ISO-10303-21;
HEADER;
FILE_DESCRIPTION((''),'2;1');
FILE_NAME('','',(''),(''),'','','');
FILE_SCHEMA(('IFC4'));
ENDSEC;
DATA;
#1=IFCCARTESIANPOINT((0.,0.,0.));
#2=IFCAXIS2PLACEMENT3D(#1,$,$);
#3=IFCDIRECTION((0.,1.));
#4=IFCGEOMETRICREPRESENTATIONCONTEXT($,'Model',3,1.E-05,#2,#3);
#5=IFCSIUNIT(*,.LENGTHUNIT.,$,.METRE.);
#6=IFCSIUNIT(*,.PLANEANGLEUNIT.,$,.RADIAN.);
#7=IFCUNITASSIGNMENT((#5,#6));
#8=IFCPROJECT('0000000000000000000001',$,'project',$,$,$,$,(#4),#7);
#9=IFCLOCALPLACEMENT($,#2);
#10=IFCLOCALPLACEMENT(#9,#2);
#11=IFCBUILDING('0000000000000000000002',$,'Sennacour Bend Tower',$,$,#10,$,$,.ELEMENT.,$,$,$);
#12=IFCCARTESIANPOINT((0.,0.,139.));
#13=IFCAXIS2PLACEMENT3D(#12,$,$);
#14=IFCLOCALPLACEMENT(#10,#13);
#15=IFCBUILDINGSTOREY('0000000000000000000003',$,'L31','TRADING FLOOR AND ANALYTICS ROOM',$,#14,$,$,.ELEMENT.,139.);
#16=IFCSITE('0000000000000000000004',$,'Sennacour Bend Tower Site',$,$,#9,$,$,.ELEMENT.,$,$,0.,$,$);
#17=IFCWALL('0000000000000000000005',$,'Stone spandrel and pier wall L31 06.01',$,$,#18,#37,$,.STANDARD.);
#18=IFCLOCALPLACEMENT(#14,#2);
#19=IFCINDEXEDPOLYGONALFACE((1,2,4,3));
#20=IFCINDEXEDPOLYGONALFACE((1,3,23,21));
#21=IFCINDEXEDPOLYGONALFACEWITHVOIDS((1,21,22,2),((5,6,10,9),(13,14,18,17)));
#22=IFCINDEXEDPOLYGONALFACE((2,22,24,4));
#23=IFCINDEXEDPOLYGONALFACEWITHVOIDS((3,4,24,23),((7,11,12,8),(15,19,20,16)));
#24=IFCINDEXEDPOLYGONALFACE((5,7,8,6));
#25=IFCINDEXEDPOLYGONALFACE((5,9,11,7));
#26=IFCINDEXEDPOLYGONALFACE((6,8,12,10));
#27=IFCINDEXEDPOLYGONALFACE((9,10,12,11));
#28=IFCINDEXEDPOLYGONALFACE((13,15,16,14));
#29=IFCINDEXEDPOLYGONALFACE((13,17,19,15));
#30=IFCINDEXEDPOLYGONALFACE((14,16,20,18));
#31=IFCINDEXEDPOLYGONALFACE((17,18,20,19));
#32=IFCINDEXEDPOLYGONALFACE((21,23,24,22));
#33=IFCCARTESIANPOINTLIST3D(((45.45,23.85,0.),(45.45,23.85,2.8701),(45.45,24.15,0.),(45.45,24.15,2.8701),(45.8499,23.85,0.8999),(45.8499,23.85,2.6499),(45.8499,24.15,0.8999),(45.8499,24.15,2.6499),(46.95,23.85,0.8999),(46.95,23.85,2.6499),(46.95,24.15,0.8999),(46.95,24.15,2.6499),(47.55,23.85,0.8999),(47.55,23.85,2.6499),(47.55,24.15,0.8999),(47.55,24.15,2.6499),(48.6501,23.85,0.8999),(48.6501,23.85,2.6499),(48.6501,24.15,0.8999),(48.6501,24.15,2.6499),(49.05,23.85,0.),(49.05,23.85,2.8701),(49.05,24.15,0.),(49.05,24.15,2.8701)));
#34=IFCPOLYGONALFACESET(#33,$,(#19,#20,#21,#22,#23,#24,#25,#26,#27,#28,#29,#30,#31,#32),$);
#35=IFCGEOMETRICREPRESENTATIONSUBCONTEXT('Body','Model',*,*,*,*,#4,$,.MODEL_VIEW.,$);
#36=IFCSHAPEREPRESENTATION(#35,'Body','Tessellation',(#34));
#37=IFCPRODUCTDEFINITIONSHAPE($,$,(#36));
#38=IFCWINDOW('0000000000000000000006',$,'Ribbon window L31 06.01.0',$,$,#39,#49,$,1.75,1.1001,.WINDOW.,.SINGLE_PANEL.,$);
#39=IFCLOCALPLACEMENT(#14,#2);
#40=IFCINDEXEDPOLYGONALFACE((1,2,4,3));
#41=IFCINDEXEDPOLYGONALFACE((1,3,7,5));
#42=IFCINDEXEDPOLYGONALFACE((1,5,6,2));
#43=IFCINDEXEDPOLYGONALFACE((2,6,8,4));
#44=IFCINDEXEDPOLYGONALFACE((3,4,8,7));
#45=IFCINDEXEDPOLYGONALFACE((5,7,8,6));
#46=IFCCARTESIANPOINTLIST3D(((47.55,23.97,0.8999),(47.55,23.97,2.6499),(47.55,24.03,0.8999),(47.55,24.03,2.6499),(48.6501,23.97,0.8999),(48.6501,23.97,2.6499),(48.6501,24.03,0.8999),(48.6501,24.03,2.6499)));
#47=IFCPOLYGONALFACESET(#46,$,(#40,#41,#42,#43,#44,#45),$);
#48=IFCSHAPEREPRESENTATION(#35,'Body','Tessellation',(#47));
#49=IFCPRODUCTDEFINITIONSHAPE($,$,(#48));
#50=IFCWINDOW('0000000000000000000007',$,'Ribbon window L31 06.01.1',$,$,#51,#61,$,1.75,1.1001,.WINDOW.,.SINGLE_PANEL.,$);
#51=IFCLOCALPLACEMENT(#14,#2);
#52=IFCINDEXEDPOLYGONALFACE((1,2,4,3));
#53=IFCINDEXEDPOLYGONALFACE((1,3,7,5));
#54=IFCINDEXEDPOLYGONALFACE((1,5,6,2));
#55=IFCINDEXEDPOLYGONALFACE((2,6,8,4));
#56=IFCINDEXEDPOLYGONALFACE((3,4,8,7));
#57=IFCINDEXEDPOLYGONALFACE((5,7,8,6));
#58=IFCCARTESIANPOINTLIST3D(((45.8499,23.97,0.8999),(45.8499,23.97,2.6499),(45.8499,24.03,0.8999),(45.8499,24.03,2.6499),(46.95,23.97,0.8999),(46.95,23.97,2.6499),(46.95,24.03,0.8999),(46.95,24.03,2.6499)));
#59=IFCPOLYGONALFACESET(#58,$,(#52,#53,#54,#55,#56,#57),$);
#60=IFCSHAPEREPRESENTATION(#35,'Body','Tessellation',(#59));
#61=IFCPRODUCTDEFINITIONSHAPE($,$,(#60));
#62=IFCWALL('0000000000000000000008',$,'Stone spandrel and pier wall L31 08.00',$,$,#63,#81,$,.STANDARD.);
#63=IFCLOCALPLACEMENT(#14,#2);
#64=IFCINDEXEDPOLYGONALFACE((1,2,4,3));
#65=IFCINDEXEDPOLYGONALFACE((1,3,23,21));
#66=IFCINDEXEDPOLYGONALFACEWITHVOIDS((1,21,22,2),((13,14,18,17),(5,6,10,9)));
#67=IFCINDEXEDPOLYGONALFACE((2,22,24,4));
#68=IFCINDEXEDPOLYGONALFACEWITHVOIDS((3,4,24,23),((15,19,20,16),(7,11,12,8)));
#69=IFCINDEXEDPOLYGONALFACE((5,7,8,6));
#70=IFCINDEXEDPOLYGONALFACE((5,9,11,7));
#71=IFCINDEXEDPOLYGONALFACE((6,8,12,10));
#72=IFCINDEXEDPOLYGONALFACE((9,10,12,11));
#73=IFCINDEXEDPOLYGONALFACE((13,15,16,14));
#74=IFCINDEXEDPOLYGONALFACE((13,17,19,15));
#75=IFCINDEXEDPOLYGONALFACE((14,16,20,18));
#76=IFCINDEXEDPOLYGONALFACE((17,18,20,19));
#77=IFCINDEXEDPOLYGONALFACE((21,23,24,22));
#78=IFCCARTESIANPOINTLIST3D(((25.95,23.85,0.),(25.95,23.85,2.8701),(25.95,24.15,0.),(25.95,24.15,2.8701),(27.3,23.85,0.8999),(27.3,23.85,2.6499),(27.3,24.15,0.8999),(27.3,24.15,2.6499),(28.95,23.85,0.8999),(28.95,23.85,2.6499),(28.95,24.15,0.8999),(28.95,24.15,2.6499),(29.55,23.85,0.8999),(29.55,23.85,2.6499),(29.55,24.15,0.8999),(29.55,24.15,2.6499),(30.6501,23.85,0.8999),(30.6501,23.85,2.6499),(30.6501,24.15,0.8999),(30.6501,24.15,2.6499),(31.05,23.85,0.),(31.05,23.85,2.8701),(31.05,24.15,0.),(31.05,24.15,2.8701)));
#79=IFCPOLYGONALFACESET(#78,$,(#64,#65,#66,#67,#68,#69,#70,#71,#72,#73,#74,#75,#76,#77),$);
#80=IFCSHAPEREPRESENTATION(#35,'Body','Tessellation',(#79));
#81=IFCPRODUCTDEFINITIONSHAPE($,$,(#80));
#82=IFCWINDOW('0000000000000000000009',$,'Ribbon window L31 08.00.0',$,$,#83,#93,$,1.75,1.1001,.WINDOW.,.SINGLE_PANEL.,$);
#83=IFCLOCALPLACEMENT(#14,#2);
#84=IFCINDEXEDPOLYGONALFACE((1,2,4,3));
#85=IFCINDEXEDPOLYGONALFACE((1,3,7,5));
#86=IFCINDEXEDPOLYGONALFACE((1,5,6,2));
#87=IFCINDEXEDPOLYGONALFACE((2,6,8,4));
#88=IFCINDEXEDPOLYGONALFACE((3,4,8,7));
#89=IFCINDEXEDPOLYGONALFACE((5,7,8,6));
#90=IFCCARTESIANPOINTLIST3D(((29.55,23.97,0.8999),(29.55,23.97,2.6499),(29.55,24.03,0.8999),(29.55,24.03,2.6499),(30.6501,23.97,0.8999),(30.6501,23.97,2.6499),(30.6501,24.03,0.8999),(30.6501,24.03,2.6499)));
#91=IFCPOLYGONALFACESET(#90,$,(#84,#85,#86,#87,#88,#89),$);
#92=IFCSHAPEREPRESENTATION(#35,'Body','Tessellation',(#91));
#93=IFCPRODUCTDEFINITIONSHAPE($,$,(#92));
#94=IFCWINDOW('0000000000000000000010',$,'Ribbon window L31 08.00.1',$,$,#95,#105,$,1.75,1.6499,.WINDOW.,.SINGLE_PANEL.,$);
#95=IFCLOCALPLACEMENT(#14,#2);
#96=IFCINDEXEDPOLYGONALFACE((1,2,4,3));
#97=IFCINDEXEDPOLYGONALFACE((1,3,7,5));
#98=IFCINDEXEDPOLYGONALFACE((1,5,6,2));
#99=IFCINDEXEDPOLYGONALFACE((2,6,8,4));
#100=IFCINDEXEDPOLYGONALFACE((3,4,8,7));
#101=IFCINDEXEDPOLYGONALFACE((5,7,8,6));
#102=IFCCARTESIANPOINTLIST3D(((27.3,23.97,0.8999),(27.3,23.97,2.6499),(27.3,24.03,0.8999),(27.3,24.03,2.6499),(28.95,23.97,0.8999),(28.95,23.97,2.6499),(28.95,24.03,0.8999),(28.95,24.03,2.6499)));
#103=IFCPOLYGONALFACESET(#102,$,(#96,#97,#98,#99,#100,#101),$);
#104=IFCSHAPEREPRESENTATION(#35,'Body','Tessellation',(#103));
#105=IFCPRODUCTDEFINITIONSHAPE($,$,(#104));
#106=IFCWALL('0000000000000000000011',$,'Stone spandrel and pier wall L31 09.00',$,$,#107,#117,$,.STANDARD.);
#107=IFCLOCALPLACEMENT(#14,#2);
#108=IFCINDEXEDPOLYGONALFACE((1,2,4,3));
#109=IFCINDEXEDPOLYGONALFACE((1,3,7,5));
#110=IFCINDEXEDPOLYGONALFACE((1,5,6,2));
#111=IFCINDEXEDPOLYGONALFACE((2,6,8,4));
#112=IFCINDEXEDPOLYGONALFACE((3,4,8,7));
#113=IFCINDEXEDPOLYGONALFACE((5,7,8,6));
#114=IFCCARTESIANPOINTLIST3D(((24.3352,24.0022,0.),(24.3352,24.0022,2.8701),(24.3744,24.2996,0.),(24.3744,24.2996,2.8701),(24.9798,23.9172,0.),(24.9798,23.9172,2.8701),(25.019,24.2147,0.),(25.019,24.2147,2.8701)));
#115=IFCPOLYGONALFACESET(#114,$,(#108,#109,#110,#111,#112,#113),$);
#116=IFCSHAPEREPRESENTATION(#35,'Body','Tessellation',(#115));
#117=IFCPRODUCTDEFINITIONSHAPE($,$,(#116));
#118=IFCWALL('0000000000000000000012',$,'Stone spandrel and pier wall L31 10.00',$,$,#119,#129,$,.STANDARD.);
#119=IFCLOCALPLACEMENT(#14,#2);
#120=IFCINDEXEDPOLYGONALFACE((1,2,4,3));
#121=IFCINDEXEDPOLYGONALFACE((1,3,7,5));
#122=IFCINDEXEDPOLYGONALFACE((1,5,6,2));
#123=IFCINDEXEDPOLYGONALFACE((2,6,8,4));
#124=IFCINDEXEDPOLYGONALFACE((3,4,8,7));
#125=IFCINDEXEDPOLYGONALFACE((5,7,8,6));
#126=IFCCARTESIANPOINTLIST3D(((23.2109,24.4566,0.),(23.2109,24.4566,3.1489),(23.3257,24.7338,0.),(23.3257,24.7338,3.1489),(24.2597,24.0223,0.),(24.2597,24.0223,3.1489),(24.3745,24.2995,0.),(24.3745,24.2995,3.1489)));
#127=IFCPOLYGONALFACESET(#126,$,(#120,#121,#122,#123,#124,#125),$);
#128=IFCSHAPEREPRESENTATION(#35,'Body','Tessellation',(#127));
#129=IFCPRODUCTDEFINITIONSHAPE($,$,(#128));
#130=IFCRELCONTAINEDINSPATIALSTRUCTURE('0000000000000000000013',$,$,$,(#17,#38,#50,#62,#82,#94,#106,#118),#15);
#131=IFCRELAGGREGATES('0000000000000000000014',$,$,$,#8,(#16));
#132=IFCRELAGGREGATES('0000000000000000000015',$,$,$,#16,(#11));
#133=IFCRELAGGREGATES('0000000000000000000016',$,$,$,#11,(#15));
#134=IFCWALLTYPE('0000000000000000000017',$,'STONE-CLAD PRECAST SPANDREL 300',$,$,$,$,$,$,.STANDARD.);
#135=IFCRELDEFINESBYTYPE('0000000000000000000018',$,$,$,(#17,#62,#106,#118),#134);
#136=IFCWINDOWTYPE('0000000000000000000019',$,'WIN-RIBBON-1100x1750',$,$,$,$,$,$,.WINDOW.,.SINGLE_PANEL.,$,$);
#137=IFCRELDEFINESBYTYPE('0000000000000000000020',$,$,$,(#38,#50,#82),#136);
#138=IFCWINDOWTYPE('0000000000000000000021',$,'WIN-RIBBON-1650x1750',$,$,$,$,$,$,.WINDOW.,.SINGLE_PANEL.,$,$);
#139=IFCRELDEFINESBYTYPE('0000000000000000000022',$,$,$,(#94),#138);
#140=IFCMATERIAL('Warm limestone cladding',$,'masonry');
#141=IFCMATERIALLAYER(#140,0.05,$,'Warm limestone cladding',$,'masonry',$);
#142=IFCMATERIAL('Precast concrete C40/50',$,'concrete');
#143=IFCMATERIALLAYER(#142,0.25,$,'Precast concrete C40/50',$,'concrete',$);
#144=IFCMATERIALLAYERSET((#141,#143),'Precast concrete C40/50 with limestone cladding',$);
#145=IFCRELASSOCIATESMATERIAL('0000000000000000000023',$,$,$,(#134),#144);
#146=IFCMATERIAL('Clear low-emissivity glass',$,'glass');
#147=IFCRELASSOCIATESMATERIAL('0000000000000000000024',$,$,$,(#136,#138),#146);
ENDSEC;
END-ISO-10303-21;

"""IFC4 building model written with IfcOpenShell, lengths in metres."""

from ifc_helpers import new_model, si_unit, direction, frame, frame_2d, origin, place, context, subcontext, project, spatial, rectangle, extrude, material, layer, layer_set, type_object, element, fill, save


model = new_model("IFC4")

# Units and contexts
model_context = context("Model", 3, precision=1e-05, world=origin(), true_north=direction((0.0, 1.0)))
body_context = subcontext(model_context, "Body", "Model", "MODEL_VIEW")
ifc_project = project(units=[si_unit("LENGTHUNIT", "METRE"), si_unit("PLANEANGLEUNIT", "RADIAN")], contexts=[model_context])

# Site, building, storey
site_placement = place(None, origin())
site = spatial("IfcSite", under=ifc_project, at=site_placement, Name="Sennacour Bend Tower Site", CompositionType="ELEMENT", RefElevation=0.0)
building_placement = place(site_placement, origin())
building = spatial("IfcBuilding", under=site, at=building_placement, Name="Sennacour Bend Tower", CompositionType="ELEMENT")
storey_placement = place(building_placement, frame((0.0, 0.0, 139.0)))
storey = spatial("IfcBuildingStorey", under=building, at=storey_placement, Name="L31", Description="TRADING FLOOR AND ANALYTICS ROOM", CompositionType="ELEMENT", Elevation=139.0)

# Walls, openings, windows
ifc_material_1 = material(Name="Warm limestone cladding", Category="masonry")
ifc_layer_1 = layer(ifc_material_1, 0.05, Name="Warm limestone cladding", Category="masonry")
ifc_material_2 = material(Name="Precast concrete C40/50", Category="concrete")
ifc_layer_2 = layer(ifc_material_2, 0.25, Name="Precast concrete C40/50", Category="concrete")
ifc_layer_set = layer_set([ifc_layer_1, ifc_layer_2], Name="Precast concrete C40/50 with limestone cladding")
wall_type = type_object("IfcWallType", Name="STONE-CLAD PRECAST SPANDREL 300", PredefinedType="STANDARD", material=ifc_layer_set)
wall_1_placement = place(storey_placement, frame((49.05, 24.0, 0.0), z_axis=(0.0, 0.0, 1.0), x_axis=(-1.0, 0.0, 0.0)))
wall_1 = element("IfcWall", 1, at=wall_1_placement, inside=storey, type_object=wall_type, Name="Stone spandrel and pier wall L31 06.01", PredefinedType="STANDARD", context=body_context, shape_type="SweptSolid", body=[
    extrude(rectangle(XDim=3.6001, YDim=0.3, at=frame_2d((1.8, 0.0))), origin(), (0.0, 0.0, 1.0), 2.8701),
])
opening_1_placement = place(wall_1_placement, frame((0.3999, 0.0, 0.8999)))
opening_1 = element("IfcOpeningElement", 2, at=opening_1_placement, cuts=wall_1, PredefinedType="OPENING", context=body_context, shape_type="SweptSolid", body=[
    extrude(rectangle(XDim=1.1001, YDim=1.75, at=frame_2d((0.55, 0.875))), frame((0.0, 0.1602, 0.0), z_axis=(0.0, -1.0, 0.0), x_axis=(1.0, 0.0, 0.0)), (0.0, 0.0, 1.0), 0.3201),
])
opening_2_placement = place(wall_1_placement, frame((2.1001, 0.0, 0.8999)))
opening_2 = element("IfcOpeningElement", 3, at=opening_2_placement, cuts=wall_1, PredefinedType="OPENING", context=body_context, shape_type="SweptSolid", body=[
    extrude(rectangle(XDim=1.1001, YDim=1.75, at=frame_2d((0.55, 0.875))), frame((0.0, 0.1602, 0.0), z_axis=(0.0, -1.0, 0.0), x_axis=(1.0, 0.0, 0.0)), (0.0, 0.0, 1.0), 0.3201),
])
ifc_material_3 = material(Name="Clear low-emissivity glass", Category="glass")
window_type_1 = type_object("IfcWindowType", Name="WIN-RIBBON-1100x1750", PartitioningType="SINGLE_PANEL", PredefinedType="WINDOW", material=ifc_material_3)
window_1_placement = place(opening_1_placement, origin())
window_1 = element("IfcWindow", 4, at=window_1_placement, inside=storey, type_object=window_type_1, Name="Ribbon window L31 06.01.0", OverallHeight=1.75, OverallWidth=1.1001, PartitioningType="SINGLE_PANEL", PredefinedType="WINDOW", context=body_context, shape_type="SweptSolid", body=[
    extrude(rectangle(XDim=1.1001, YDim=1.75, at=frame_2d((0.55, 0.875))), frame((0.0, 0.03, 0.0), z_axis=(0.0, -1.0, 0.0), x_axis=(1.0, 0.0, 0.0)), (0.0, 0.0, 1.0), 0.0601),
])
fill(opening_1, window_1)
window_2_placement = place(opening_2_placement, origin())
window_2 = element("IfcWindow", 5, at=window_2_placement, inside=storey, type_object=window_type_1, Name="Ribbon window L31 06.01.1", OverallHeight=1.75, OverallWidth=1.1001, PartitioningType="SINGLE_PANEL", PredefinedType="WINDOW", context=body_context, shape_type="SweptSolid", body=[
    extrude(rectangle(XDim=1.1001, YDim=1.75, at=frame_2d((0.55, 0.875))), frame((0.0, 0.03, 0.0), z_axis=(0.0, -1.0, 0.0), x_axis=(1.0, 0.0, 0.0)), (0.0, 0.0, 1.0), 0.0601),
])
fill(opening_2, window_2)
wall_2_placement = place(storey_placement, frame((31.05, 24.0, 0.0), z_axis=(0.0, 0.0, 1.0), x_axis=(-1.0, 0.0, 0.0)))
wall_2 = element("IfcWall", 6, at=wall_2_placement, inside=storey, type_object=wall_type, Name="Stone spandrel and pier wall L31 08.00", PredefinedType="STANDARD", context=body_context, shape_type="SweptSolid", body=[
    extrude(rectangle(XDim=5.1001, YDim=0.3, at=frame_2d((2.55, 0.0))), origin(), (0.0, 0.0, 1.0), 2.8701),
])
opening_3_placement = place(wall_2_placement, frame((0.3999, 0.0, 0.8999)))
opening_3 = element("IfcOpeningElement", 7, at=opening_3_placement, cuts=wall_2, PredefinedType="OPENING", context=body_context, shape_type="SweptSolid", body=[
    extrude(rectangle(XDim=1.1001, YDim=1.75, at=frame_2d((0.55, 0.875))), frame((0.0, 0.1602, 0.0), z_axis=(0.0, -1.0, 0.0), x_axis=(1.0, 0.0, 0.0)), (0.0, 0.0, 1.0), 0.3201),
])
opening_4_placement = place(wall_2_placement, frame((2.1001, 0.0, 0.8999)))
opening_4 = element("IfcOpeningElement", 8, at=opening_4_placement, cuts=wall_2, PredefinedType="OPENING", context=body_context, shape_type="SweptSolid", body=[
    extrude(rectangle(XDim=1.6499, YDim=1.75, at=frame_2d((0.825, 0.875))), frame((0.0, 0.1602, 0.0), z_axis=(0.0, -1.0, 0.0), x_axis=(1.0, 0.0, 0.0)), (0.0, 0.0, 1.0), 0.3201),
])
window_3_placement = place(opening_3_placement, origin())
window_3 = element("IfcWindow", 9, at=window_3_placement, inside=storey, type_object=window_type_1, Name="Ribbon window L31 08.00.0", OverallHeight=1.75, OverallWidth=1.1001, PartitioningType="SINGLE_PANEL", PredefinedType="WINDOW", context=body_context, shape_type="SweptSolid", body=[
    extrude(rectangle(XDim=1.1001, YDim=1.75, at=frame_2d((0.55, 0.875))), frame((0.0, 0.03, 0.0), z_axis=(0.0, -1.0, 0.0), x_axis=(1.0, 0.0, 0.0)), (0.0, 0.0, 1.0), 0.0601),
])
fill(opening_3, window_3)
window_type_2 = type_object("IfcWindowType", Name="WIN-RIBBON-1650x1750", PartitioningType="SINGLE_PANEL", PredefinedType="WINDOW", material=ifc_material_3)
window_4_placement = place(opening_4_placement, origin())
window_4 = element("IfcWindow", 10, at=window_4_placement, inside=storey, type_object=window_type_2, Name="Ribbon window L31 08.00.1", OverallHeight=1.75, OverallWidth=1.6499, PartitioningType="SINGLE_PANEL", PredefinedType="WINDOW", context=body_context, shape_type="SweptSolid", body=[
    extrude(rectangle(XDim=1.6499, YDim=1.75, at=frame_2d((0.825, 0.875))), frame((0.0, 0.03, 0.0), z_axis=(0.0, -1.0, 0.0), x_axis=(1.0, 0.0, 0.0)), (0.0, 0.0, 1.0), 0.0601),
])
fill(opening_4, window_4)

# Walls
wall_3_placement = place(storey_placement, frame((24.9995, 24.0659, 0.0), z_axis=(0.0, 0.0, 1.0), x_axis=(-0.991424, 0.130688, 0.0)))
element("IfcWall", 11, at=wall_3_placement, inside=storey, type_object=wall_type, Name="Stone spandrel and pier wall L31 09.00", PredefinedType="STANDARD", context=body_context, shape_type="SweptSolid", body=[
    extrude(rectangle(XDim=0.6501, YDim=0.3, at=frame_2d((0.3252, 0.0))), origin(), (0.0, 0.0, 1.0), 2.8701),
])
wall_4_placement = place(storey_placement, frame((24.3171, 24.1609, 0.0), z_axis=(0.0, 0.0, 1.0), x_axis=(-0.923915, 0.382599, 0.0)))
element("IfcWall", 12, at=wall_4_placement, inside=storey, type_object=wall_type, Name="Stone spandrel and pier wall L31 10.00", PredefinedType="STANDARD", context=body_context, shape_type="SweptSolid", body=[
    extrude(rectangle(XDim=1.1353, YDim=0.3, at=frame_2d((0.5676, 0.0))), origin(), (0.0, 0.0, 1.0), 3.1489),
])

save(model, "model.ifc")
